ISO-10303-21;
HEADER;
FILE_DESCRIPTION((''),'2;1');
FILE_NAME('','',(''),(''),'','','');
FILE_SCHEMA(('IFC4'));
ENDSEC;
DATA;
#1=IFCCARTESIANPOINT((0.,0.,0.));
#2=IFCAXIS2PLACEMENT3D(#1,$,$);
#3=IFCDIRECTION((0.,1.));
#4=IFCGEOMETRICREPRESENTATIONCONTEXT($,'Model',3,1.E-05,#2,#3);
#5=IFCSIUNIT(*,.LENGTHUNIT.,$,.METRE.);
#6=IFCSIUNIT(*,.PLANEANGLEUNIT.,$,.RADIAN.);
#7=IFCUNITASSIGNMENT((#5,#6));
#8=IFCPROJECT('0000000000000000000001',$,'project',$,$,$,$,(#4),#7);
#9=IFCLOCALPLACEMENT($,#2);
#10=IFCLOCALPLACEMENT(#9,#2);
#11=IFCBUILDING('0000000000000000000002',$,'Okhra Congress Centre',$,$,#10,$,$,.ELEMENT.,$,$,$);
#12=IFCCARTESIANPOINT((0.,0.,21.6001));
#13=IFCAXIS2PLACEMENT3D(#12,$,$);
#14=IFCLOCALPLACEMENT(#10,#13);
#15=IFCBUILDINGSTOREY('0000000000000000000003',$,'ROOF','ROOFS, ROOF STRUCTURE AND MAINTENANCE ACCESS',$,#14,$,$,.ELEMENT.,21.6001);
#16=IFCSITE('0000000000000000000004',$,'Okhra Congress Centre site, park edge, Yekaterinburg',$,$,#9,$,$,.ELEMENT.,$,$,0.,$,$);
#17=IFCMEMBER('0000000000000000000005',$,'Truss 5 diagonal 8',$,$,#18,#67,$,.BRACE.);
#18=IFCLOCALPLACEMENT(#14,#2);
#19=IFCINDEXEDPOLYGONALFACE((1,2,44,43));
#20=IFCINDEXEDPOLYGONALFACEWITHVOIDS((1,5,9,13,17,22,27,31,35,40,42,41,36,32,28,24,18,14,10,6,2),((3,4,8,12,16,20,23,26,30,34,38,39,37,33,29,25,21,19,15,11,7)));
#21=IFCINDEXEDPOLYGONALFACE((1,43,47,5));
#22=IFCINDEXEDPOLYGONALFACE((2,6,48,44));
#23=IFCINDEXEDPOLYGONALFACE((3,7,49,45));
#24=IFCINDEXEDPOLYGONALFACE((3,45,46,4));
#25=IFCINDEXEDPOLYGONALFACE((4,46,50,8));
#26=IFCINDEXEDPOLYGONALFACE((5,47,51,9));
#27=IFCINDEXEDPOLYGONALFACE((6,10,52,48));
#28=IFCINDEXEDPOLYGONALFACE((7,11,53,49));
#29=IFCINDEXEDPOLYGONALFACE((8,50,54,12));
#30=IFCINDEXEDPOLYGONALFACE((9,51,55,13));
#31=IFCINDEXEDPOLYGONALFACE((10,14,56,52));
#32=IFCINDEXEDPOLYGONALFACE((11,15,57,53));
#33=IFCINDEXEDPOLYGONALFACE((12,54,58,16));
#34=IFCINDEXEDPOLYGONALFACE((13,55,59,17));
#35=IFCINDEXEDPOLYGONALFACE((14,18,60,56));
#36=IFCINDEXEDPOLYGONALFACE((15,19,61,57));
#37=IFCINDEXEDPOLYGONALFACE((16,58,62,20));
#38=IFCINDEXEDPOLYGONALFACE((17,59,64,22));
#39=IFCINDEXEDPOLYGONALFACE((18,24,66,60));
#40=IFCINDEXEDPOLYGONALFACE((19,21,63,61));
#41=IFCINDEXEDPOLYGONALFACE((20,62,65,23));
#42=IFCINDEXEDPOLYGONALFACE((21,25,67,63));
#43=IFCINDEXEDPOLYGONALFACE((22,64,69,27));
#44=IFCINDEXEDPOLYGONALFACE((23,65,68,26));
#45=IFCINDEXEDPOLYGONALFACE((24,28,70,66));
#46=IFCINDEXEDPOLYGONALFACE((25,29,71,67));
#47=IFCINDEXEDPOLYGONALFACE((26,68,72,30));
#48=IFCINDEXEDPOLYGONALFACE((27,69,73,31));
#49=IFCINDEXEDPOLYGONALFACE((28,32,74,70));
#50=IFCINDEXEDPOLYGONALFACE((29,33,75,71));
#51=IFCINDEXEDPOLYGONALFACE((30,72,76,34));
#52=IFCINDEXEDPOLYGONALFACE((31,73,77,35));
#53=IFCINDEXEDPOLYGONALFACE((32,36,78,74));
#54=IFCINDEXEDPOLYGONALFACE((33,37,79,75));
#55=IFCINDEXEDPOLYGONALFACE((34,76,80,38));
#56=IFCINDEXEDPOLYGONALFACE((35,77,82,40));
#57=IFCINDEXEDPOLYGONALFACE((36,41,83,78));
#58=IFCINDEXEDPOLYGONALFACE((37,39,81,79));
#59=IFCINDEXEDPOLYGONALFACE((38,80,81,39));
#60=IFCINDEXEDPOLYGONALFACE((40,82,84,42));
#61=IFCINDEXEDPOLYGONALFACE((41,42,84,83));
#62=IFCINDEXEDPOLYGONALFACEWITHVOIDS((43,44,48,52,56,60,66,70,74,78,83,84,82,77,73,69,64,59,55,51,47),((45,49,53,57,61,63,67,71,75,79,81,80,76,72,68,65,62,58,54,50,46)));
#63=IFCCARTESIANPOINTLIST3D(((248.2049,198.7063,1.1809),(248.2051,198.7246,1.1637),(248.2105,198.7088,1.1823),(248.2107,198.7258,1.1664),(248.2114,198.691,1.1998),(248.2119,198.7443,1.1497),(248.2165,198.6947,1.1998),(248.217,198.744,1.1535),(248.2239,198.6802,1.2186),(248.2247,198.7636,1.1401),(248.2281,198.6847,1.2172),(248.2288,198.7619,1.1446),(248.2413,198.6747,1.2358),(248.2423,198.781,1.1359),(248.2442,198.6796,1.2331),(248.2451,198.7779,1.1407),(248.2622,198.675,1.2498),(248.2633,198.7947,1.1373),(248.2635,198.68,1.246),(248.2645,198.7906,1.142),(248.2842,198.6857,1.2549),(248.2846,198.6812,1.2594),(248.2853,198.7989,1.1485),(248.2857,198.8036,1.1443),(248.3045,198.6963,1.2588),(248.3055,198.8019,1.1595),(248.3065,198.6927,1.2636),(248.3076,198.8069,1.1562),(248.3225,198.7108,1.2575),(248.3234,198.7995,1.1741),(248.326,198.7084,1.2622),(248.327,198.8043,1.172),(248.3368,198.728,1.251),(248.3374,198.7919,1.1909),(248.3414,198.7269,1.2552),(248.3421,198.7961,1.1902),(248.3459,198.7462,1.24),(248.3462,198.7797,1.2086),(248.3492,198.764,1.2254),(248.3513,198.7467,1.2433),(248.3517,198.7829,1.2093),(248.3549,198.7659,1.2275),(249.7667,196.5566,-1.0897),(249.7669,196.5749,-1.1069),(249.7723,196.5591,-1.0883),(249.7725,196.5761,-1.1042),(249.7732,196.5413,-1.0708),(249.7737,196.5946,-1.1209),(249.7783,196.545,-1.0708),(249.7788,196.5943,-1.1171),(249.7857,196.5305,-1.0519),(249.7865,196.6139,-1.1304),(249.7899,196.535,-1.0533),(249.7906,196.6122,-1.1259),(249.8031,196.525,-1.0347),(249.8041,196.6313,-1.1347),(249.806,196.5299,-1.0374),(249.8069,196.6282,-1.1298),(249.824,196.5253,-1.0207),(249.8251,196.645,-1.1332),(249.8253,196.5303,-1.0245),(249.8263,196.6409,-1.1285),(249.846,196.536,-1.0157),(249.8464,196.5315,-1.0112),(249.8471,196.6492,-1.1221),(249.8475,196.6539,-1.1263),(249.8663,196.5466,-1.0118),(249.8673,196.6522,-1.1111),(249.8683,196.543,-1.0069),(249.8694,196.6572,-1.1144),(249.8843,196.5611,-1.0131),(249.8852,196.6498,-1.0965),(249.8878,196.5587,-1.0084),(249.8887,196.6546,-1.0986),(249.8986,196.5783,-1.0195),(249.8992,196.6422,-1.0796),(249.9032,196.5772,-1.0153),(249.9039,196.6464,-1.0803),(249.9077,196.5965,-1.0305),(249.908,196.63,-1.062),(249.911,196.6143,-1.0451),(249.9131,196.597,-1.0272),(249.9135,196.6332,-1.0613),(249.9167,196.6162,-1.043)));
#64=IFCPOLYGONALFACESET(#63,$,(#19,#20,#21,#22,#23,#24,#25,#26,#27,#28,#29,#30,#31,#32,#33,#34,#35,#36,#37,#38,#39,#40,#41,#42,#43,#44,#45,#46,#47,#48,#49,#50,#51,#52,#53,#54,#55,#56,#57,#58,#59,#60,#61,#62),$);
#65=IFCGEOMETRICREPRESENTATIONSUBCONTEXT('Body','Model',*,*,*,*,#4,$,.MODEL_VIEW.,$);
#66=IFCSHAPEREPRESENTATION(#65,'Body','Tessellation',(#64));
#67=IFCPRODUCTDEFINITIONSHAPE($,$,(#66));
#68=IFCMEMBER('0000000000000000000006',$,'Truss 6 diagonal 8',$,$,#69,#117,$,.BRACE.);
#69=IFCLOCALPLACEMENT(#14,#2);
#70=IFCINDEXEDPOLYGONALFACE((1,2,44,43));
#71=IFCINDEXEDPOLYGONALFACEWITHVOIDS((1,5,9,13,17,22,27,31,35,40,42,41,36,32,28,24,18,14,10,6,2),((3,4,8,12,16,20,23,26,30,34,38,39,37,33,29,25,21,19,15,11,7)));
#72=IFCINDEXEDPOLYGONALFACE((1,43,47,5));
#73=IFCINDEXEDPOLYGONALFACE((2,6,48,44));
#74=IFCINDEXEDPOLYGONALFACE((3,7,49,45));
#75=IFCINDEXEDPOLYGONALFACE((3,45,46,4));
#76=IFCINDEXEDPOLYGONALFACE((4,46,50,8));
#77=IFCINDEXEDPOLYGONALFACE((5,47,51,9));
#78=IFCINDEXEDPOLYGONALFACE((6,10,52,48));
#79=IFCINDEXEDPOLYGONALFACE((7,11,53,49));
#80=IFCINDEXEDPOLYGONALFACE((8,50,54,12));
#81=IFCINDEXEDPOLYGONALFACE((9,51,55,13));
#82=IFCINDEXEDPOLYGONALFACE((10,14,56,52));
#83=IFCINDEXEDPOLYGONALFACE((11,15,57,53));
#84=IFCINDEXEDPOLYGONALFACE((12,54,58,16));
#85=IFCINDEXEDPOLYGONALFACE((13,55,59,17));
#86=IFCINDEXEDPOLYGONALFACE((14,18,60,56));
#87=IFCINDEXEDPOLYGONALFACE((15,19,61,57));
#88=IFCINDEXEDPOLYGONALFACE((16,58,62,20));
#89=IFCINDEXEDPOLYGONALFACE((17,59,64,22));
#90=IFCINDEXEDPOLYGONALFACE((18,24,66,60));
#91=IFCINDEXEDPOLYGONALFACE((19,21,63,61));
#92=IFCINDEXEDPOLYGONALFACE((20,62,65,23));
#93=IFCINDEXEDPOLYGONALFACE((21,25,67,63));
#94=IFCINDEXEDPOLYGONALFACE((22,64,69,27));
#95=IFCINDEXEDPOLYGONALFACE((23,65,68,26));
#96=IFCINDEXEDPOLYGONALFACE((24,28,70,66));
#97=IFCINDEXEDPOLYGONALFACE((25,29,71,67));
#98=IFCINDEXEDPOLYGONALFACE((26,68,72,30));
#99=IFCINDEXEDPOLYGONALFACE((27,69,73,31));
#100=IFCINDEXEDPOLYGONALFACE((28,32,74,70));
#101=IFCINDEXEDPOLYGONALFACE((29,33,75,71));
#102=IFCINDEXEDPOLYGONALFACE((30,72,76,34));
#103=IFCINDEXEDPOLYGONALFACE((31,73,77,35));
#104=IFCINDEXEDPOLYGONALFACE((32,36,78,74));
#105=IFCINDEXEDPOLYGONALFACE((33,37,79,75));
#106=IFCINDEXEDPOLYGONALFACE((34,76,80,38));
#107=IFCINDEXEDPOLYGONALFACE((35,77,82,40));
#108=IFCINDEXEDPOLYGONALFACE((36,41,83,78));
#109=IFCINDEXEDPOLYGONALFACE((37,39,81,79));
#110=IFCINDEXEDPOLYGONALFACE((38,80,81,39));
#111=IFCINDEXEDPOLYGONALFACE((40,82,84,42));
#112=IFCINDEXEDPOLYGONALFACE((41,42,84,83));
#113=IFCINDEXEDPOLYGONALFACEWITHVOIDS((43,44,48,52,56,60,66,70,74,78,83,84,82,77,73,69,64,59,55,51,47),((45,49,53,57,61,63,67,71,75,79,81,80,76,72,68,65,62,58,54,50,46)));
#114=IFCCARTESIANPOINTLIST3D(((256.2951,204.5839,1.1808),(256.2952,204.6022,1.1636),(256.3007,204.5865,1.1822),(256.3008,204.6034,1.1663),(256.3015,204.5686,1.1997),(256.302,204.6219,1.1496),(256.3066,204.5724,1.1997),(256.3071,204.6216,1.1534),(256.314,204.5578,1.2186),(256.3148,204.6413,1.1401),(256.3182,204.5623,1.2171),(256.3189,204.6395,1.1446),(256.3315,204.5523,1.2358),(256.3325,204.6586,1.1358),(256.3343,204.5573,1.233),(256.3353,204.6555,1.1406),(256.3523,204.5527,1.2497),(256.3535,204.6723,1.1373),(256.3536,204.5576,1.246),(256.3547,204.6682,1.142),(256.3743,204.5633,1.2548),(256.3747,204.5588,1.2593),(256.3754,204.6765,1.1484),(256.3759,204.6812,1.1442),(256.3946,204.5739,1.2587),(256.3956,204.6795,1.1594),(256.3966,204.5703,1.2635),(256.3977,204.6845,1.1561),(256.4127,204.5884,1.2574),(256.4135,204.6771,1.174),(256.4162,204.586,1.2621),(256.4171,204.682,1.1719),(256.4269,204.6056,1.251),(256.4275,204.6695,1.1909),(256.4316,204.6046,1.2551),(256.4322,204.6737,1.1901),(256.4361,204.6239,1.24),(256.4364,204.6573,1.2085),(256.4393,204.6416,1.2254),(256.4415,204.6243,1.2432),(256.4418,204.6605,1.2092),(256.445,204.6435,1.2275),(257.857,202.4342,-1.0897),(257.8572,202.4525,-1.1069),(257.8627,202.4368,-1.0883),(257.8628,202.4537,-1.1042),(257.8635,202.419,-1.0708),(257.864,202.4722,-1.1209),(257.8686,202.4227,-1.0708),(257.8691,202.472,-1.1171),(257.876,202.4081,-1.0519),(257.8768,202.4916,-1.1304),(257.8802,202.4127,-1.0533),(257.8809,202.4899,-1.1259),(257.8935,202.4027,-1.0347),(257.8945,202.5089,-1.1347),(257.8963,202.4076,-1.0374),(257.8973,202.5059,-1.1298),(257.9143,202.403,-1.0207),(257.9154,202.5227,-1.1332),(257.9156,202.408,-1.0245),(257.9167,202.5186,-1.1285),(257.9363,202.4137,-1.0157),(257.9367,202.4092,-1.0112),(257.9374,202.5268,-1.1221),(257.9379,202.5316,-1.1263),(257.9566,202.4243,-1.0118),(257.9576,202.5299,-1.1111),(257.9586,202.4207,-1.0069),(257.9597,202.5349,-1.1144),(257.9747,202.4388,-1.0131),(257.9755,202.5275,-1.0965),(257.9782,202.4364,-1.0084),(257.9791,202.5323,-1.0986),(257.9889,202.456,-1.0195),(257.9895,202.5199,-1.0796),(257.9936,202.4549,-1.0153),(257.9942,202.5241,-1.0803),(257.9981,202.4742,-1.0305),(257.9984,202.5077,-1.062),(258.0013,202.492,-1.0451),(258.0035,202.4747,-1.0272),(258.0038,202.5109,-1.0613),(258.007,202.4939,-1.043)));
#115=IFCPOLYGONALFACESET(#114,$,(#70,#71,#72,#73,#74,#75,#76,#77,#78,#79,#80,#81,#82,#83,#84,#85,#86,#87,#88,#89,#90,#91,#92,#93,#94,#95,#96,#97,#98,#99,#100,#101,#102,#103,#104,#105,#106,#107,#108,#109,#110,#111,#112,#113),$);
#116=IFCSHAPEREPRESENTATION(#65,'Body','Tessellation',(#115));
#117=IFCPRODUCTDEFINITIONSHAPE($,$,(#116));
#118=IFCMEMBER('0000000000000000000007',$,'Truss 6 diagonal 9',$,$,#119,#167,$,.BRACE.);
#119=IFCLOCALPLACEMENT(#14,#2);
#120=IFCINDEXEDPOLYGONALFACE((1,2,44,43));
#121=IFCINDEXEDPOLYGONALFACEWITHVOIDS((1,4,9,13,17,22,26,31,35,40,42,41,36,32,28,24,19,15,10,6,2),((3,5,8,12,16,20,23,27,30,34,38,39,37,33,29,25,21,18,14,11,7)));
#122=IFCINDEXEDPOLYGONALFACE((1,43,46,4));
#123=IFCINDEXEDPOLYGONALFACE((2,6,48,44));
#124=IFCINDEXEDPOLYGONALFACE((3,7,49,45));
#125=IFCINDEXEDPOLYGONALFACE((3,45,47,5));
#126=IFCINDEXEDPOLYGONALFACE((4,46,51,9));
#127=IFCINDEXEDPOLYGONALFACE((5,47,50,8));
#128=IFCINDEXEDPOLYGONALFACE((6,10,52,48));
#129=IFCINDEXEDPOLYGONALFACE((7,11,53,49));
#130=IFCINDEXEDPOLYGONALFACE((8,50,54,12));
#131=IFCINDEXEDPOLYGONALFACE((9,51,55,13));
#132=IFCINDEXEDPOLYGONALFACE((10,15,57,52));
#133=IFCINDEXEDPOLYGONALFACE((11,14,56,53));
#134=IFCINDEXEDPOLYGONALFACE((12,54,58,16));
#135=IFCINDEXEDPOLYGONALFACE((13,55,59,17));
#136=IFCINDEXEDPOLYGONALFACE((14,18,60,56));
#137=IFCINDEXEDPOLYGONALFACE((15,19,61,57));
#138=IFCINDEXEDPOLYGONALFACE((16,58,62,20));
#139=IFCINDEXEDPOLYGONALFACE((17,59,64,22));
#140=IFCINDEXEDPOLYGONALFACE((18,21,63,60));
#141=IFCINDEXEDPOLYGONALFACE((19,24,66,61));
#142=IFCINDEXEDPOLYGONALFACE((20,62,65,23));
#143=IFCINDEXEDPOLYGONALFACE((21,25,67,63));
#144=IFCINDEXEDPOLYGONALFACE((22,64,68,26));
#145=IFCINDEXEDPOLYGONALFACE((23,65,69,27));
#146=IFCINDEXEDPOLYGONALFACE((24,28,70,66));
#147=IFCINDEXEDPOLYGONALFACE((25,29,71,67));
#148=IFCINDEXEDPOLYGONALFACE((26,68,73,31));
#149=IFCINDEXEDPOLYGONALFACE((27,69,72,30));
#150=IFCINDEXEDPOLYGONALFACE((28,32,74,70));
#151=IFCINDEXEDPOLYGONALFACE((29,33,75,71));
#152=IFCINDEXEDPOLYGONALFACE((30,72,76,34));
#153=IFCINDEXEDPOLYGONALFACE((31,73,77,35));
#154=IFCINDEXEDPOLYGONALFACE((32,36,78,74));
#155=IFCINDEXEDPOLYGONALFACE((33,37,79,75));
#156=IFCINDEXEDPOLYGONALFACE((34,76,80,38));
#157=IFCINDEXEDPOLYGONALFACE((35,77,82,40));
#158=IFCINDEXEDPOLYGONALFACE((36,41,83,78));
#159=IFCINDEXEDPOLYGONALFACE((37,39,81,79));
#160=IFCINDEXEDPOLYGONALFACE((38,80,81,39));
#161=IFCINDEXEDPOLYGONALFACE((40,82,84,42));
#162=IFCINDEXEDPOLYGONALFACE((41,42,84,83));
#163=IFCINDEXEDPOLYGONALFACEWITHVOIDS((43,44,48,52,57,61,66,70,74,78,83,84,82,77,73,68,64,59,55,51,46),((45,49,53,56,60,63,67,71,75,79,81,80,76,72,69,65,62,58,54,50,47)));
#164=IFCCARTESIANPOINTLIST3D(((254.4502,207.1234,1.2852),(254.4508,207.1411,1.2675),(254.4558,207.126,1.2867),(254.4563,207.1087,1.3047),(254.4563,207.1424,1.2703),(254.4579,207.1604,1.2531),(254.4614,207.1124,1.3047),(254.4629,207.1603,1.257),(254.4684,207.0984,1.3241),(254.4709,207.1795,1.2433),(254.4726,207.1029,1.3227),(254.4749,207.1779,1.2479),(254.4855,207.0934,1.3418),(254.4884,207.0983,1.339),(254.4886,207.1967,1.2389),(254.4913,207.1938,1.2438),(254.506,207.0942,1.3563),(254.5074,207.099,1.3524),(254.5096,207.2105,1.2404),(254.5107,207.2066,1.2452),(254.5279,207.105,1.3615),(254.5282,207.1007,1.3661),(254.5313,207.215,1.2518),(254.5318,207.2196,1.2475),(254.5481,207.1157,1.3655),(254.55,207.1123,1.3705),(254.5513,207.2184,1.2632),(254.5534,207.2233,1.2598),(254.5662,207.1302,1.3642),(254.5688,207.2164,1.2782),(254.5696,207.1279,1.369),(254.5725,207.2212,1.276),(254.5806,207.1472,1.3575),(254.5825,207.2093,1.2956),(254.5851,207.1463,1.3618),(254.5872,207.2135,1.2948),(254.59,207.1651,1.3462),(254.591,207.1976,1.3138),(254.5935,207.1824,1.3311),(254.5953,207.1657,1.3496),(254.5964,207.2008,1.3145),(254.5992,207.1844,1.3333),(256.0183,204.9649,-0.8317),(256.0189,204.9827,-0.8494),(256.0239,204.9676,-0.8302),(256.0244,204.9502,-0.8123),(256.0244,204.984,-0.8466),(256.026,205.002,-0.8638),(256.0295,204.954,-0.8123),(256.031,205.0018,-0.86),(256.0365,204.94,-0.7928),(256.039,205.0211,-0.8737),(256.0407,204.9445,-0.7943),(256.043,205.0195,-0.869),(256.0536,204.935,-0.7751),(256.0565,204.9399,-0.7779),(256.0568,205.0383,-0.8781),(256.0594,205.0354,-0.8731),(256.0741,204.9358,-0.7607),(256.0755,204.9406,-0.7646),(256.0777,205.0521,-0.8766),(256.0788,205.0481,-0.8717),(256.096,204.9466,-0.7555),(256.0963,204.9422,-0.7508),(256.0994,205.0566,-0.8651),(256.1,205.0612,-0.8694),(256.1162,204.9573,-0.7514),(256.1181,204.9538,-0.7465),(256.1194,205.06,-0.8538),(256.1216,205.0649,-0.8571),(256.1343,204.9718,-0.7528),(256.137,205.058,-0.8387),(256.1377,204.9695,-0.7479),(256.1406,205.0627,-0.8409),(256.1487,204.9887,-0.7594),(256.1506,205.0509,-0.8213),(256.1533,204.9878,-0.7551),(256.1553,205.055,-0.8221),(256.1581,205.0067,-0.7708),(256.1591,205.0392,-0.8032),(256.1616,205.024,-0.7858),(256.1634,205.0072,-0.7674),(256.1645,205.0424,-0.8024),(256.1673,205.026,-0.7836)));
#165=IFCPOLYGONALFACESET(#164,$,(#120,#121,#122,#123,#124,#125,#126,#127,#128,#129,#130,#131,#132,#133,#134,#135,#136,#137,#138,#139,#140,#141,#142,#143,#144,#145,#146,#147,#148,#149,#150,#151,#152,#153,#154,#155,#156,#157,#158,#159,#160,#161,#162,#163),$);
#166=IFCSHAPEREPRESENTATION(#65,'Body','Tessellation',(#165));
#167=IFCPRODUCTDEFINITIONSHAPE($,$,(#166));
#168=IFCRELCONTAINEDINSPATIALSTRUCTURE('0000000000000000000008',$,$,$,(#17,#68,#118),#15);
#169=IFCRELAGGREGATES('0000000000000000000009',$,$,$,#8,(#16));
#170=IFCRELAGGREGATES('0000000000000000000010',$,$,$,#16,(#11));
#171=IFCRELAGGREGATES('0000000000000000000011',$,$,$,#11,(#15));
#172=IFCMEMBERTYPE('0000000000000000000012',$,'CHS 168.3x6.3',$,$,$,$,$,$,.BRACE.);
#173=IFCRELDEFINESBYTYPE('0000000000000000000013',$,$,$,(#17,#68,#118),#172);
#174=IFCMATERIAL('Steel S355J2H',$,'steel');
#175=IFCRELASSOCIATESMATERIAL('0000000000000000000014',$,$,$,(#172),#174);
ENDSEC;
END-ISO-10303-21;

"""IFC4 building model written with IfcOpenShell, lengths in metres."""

from ifc_helpers import new_model, si_unit, direction, frame, origin, origin_2d, place, context, subcontext, project, spatial, hollow_circle, extrude, material, material_profile, profile_set, type_object, element, save


model = new_model("IFC4")

# Units and contexts
model_context = context("Model", 3, precision=1e-05, world=origin(), true_north=direction((0.0, 1.0)))
body_context = subcontext(model_context, "Body", "Model", "MODEL_VIEW")
ifc_project = project(units=[si_unit("LENGTHUNIT", "METRE"), si_unit("PLANEANGLEUNIT", "RADIAN")], contexts=[model_context])

# Site, building, storey
site_placement = place(None, origin())
site = spatial("IfcSite", under=ifc_project, at=site_placement, Name="Okhra Congress Centre site, park edge, Yekaterinburg", CompositionType="ELEMENT", RefElevation=0.0)
building_placement = place(site_placement, origin())
building = spatial("IfcBuilding", under=site, at=building_placement, Name="Okhra Congress Centre", CompositionType="ELEMENT")
storey_placement = place(building_placement, frame((0.0, 0.0, 21.6001)))
storey = spatial("IfcBuildingStorey", under=building, at=storey_placement, Name="ROOF", Description="ROOFS, ROOF STRUCTURE AND MAINTENANCE ACCESS", CompositionType="ELEMENT", Elevation=21.6001)

# Members
ifc_material_1 = material(Name="Steel S355J2H", Category="steel")
ifc_material_profile_1 = material_profile(ifc_material_1, hollow_circle(Radius=0.0842, WallThickness=0.0063, at=origin_2d()), Name="CHS 168.3x6.3")
ifc_profile_set_1 = profile_set([ifc_material_profile_1], Name="Steel S355J2H")
member_type_1 = type_object("IfcMemberType", Name="CHS 168.3x6.3", PredefinedType="BRACE", material=ifc_profile_set_1)
for number, where, z_axis, x_axis, name in (
    (1, (249.8413, 196.5908, -1.0708), (-0.446852, 0.615058, 0.649636), (-0.809026, -0.587773, 0.0), "Truss 5 diagonal 8"),
    (2, (257.9316, 202.4685, -1.0708), (-0.446908, 0.615039, 0.649616), (-0.808982, -0.587833, 0.0), "Truss 6 diagonal 8"),
):
    element("IfcMember", number, at=place(storey_placement, frame(where, z_axis=z_axis, x_axis=x_axis)), inside=storey, type_object=member_type_1, Name=name, PredefinedType="BRACE", context=body_context, shape_type="SweptSolid", body=[
        extrude(hollow_circle(Radius=0.0842, WallThickness=0.0063, at=origin_2d()), origin(), (0.0, 0.0, 1.0), 3.4951),
    ])
member_1_placement = place(storey_placement, frame((256.0925, 204.9998, -0.8123), z_axis=(-0.460428, 0.63376, 0.621574), x_axis=(-0.809033, -0.587764, 0.0)))
element("IfcMember", 3, at=member_1_placement, inside=storey, type_object=member_type_1, Name="Truss 6 diagonal 9", PredefinedType="BRACE", context=body_context, shape_type="SweptSolid", body=[
    extrude(hollow_circle(Radius=0.0842, WallThickness=0.0063, at=origin_2d()), origin(), (0.0, 0.0, 1.0), 3.4058),
])

save(model, "model.ifc")
